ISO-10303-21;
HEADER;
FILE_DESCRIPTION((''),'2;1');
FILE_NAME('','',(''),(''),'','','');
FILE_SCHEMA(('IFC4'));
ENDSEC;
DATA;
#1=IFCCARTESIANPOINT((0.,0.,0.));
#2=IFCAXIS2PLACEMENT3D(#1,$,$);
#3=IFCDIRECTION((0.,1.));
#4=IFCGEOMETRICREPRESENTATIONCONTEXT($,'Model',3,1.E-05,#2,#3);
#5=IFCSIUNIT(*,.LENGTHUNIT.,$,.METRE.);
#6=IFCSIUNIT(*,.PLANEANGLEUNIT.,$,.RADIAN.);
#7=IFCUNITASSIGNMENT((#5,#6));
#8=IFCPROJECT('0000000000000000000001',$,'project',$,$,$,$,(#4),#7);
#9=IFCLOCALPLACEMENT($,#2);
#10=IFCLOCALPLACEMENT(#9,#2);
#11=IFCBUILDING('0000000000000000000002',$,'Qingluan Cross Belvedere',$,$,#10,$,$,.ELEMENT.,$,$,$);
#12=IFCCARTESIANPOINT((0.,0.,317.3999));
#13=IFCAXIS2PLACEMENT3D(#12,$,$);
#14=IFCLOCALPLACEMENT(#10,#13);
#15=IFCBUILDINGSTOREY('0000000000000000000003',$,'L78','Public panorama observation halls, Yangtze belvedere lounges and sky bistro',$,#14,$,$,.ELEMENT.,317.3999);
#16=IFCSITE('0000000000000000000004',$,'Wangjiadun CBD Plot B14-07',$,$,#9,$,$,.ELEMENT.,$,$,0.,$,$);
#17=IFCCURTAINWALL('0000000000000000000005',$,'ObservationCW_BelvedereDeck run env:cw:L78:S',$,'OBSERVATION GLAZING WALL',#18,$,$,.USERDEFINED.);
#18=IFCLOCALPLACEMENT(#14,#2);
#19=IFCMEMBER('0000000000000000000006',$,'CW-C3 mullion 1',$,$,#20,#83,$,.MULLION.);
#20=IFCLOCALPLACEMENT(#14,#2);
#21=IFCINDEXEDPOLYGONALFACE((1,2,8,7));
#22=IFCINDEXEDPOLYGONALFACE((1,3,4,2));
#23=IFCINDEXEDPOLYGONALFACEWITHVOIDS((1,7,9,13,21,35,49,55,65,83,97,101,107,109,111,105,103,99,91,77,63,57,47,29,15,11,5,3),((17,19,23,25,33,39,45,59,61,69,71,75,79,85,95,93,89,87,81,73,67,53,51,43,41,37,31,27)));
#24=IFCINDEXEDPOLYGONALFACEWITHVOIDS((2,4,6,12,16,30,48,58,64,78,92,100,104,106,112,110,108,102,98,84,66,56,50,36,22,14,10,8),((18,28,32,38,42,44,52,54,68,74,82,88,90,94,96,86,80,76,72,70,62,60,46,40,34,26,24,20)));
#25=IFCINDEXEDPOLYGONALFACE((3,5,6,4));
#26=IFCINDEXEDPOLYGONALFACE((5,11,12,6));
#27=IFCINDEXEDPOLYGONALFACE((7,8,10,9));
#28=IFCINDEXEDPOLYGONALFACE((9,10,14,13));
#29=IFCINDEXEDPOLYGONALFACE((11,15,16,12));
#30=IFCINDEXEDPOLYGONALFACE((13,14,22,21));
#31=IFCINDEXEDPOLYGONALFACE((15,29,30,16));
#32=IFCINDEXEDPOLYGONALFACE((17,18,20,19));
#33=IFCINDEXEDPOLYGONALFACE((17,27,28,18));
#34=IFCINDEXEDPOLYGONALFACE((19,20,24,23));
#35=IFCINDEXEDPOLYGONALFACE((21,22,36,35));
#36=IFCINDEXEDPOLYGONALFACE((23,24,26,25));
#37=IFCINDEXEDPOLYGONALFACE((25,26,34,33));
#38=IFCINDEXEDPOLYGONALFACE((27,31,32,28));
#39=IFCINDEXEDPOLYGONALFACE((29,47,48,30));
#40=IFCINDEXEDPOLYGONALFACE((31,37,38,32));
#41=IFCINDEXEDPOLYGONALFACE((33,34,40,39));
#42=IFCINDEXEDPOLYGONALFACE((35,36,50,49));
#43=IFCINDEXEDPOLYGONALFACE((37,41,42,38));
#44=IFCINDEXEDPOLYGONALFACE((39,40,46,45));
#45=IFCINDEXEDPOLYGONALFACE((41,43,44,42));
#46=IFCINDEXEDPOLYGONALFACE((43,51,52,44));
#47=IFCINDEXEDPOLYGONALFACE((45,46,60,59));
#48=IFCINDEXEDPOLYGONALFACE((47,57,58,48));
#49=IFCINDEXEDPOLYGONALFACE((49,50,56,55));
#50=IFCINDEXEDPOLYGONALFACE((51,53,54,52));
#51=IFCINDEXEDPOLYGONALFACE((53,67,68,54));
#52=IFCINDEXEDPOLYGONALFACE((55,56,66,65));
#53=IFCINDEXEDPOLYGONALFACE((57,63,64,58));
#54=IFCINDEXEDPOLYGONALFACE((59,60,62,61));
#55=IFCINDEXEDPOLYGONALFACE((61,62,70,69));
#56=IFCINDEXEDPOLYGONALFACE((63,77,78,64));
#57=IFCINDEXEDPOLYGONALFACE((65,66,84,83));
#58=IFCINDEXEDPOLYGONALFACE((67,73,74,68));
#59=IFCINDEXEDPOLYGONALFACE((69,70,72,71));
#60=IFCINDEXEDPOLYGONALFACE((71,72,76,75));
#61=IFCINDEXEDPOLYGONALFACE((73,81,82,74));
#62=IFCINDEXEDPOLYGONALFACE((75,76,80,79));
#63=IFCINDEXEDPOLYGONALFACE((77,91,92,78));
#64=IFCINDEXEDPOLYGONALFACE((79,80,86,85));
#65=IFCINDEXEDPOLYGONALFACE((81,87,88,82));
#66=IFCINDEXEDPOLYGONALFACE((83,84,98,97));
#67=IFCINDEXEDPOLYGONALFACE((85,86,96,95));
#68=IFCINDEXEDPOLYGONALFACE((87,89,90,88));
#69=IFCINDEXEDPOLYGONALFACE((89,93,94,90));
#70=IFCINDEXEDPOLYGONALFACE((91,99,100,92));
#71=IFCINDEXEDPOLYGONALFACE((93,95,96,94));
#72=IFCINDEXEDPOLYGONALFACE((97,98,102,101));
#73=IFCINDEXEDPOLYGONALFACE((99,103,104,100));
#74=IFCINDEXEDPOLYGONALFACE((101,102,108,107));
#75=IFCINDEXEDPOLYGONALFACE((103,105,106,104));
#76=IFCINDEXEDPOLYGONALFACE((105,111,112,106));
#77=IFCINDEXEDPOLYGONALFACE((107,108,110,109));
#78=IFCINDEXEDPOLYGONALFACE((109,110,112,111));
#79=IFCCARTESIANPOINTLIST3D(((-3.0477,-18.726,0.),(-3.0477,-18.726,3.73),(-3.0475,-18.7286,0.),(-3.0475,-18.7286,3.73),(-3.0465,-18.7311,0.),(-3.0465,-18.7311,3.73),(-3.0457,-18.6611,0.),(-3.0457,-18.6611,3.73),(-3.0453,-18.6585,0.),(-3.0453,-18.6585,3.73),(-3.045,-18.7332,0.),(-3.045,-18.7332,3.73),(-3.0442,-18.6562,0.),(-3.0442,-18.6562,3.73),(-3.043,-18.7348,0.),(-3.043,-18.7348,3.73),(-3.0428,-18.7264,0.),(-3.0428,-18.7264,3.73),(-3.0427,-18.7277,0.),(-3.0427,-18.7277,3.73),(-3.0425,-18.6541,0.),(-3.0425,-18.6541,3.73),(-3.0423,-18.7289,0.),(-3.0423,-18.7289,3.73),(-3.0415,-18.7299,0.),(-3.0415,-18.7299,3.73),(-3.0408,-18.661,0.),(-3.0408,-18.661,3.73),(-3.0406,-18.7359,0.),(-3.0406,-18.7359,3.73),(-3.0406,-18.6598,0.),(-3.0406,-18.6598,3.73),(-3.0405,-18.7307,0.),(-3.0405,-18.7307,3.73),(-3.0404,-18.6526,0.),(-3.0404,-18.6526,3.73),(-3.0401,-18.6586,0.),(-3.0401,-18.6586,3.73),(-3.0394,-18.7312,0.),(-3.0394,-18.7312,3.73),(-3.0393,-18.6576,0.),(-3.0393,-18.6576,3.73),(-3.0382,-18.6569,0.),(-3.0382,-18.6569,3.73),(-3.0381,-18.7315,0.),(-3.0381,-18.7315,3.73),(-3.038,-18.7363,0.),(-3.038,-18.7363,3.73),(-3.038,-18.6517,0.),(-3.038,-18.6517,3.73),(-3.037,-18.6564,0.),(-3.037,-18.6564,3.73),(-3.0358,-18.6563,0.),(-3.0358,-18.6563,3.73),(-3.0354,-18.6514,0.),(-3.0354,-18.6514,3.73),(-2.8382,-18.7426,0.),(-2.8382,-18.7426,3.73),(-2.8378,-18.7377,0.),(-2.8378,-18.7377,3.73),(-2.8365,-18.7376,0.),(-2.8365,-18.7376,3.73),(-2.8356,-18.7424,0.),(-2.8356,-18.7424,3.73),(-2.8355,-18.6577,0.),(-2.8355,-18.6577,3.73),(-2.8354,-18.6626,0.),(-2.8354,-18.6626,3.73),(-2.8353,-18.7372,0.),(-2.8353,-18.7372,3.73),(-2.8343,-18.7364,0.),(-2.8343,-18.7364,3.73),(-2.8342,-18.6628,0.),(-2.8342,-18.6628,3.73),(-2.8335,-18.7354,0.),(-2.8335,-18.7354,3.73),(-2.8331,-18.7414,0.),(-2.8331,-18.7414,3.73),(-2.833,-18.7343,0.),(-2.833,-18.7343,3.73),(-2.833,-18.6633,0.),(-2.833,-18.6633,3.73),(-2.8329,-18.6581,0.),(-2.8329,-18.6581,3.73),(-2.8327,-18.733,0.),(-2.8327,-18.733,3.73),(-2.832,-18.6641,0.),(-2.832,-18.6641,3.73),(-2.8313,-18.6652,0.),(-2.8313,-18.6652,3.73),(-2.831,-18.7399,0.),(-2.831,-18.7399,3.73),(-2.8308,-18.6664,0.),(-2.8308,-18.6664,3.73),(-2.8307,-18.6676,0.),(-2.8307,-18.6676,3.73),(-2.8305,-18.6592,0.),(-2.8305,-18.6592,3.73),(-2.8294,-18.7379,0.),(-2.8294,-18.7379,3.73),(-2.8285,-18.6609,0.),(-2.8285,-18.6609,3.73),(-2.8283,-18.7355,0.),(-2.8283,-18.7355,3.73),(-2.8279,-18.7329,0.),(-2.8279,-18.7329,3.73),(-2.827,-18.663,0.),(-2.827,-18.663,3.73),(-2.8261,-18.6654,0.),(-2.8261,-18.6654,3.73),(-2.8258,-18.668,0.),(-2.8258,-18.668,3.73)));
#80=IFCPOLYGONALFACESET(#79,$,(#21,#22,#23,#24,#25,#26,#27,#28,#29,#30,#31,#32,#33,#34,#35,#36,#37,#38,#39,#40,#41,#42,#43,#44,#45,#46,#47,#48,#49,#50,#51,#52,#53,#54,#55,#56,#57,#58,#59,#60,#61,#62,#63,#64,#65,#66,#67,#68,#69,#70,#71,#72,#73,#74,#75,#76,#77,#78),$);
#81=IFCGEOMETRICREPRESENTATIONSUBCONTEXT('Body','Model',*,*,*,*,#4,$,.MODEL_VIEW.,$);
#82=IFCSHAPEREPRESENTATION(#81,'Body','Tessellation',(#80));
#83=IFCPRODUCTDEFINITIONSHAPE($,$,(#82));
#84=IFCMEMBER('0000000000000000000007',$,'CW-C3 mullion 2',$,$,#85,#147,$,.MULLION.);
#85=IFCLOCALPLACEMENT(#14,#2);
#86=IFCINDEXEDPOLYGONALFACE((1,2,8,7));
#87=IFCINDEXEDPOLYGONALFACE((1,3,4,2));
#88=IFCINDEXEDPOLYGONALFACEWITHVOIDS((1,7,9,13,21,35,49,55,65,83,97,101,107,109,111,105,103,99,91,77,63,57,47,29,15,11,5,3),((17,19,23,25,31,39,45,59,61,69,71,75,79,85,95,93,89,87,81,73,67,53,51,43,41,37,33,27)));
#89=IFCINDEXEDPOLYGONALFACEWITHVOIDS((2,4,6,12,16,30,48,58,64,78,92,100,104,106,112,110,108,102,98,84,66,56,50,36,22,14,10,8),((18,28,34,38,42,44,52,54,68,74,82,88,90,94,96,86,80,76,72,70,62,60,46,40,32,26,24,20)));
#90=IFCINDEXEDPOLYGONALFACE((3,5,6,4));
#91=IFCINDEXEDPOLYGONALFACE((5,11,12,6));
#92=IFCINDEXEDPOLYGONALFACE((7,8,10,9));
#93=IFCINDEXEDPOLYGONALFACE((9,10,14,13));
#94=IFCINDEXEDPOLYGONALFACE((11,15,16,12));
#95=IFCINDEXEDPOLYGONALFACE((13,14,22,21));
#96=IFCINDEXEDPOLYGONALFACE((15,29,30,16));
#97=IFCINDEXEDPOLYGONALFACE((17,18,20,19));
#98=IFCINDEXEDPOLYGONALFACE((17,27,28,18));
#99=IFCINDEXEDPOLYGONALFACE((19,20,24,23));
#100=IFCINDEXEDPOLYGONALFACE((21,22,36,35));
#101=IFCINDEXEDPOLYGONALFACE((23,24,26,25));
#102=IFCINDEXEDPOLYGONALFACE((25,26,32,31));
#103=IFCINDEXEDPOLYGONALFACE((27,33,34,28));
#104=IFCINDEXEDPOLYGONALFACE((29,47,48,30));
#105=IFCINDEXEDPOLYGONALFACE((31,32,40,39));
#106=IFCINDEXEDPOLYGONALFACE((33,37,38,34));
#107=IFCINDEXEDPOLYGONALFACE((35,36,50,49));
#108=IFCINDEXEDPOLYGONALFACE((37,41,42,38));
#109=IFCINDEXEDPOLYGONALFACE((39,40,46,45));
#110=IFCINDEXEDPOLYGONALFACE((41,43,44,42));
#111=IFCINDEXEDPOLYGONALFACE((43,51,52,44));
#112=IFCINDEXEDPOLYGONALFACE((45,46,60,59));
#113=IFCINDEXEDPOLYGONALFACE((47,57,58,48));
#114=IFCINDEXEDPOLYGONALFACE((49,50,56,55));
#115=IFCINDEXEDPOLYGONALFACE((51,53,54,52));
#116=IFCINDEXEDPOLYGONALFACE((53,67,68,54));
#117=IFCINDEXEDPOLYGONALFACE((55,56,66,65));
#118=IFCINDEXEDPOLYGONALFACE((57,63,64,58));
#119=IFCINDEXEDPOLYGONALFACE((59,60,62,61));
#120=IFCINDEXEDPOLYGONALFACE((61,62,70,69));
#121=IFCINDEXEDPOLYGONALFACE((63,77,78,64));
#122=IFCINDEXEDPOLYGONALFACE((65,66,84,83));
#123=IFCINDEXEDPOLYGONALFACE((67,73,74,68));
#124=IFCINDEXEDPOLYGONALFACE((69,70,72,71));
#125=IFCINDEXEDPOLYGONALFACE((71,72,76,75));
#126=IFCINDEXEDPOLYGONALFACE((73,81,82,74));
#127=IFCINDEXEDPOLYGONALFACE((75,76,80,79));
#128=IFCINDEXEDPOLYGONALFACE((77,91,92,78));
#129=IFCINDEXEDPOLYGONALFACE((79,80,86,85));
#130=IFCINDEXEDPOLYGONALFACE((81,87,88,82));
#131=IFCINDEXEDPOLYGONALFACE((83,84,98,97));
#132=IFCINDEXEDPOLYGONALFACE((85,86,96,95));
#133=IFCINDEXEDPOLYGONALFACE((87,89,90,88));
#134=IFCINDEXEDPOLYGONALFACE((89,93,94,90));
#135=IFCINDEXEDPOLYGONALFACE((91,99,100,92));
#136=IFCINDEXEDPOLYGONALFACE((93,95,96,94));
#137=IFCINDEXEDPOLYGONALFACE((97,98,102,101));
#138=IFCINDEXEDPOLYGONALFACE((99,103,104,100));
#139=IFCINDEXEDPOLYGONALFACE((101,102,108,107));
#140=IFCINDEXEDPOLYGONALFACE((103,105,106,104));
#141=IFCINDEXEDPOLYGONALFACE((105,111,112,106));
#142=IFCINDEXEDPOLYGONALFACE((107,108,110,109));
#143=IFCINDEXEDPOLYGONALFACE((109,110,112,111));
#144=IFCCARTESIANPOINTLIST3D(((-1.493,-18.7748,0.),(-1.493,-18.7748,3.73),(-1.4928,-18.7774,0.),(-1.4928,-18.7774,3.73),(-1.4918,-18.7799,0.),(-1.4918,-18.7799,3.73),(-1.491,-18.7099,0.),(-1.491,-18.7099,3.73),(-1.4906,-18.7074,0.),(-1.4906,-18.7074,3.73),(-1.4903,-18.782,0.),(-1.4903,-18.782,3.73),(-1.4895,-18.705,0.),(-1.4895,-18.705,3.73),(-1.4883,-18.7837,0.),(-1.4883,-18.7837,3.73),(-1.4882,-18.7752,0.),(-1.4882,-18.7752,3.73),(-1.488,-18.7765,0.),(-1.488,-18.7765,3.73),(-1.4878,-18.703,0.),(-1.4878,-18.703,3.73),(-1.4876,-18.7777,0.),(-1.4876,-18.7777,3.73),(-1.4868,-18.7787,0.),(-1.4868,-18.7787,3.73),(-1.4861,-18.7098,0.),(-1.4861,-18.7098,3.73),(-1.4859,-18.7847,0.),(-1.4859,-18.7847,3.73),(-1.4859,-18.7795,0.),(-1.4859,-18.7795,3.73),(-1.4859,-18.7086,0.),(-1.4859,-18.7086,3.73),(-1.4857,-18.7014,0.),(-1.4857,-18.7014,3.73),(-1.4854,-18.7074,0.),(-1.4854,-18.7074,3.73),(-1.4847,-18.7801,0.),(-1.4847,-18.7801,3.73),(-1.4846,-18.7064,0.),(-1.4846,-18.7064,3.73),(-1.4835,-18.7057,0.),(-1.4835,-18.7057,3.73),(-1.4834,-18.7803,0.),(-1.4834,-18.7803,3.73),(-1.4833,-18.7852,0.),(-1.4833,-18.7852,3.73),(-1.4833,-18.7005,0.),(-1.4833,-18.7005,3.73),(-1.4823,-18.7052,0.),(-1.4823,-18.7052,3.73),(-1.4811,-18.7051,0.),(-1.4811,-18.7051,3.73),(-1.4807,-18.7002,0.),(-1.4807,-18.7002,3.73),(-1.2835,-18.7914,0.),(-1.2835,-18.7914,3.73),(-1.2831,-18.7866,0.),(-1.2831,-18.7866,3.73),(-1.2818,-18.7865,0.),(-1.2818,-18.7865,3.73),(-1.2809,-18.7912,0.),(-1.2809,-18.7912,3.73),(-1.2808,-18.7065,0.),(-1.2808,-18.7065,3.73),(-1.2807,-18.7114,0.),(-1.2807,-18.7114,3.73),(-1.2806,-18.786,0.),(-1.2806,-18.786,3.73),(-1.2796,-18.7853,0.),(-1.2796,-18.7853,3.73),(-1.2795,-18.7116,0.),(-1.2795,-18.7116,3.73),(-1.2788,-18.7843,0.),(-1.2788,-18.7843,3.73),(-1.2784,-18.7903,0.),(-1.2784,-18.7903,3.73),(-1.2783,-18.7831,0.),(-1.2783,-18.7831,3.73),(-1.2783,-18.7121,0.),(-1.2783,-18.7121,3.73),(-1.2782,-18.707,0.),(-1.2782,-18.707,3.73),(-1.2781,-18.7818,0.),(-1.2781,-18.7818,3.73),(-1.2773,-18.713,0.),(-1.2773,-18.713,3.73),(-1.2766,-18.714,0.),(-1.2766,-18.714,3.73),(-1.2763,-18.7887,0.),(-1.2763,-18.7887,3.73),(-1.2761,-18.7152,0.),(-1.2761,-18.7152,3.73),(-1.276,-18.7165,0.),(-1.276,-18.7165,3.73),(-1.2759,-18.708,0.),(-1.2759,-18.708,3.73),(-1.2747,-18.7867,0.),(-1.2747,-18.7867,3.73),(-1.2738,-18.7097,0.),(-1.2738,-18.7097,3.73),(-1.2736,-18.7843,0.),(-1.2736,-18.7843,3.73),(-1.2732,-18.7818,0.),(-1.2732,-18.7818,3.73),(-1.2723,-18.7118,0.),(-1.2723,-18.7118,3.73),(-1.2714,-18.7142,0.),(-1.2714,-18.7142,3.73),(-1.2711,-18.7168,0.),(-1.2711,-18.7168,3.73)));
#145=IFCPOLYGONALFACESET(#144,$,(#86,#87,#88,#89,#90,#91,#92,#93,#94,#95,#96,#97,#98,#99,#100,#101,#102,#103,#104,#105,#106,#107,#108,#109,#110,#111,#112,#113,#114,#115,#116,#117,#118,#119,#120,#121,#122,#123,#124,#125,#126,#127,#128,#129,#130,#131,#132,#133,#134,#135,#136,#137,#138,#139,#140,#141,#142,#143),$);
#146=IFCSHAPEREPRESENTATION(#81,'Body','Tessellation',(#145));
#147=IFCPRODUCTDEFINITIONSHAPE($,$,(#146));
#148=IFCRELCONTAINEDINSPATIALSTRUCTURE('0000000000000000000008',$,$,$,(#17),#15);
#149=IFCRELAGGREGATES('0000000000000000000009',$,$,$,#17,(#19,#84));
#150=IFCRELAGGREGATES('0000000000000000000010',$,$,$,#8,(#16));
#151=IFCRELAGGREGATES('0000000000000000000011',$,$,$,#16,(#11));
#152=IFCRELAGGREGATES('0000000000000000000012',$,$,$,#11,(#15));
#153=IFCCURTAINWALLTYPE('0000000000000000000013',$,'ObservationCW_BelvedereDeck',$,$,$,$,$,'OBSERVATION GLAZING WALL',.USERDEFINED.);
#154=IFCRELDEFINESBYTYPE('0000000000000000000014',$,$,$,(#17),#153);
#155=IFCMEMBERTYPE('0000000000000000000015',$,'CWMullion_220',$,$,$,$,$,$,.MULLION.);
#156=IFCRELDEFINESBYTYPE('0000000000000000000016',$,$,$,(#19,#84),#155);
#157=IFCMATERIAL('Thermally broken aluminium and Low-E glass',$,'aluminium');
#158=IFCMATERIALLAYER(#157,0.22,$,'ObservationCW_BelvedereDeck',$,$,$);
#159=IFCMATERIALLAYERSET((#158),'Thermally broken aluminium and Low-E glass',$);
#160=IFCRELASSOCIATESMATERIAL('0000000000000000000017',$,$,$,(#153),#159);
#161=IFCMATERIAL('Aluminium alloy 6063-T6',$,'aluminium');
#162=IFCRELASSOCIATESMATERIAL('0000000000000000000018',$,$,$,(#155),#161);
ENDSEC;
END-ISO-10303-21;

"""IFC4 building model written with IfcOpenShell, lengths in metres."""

from ifc_helpers import new_model, si_unit, direction, frame, origin, origin_2d, place, context, subcontext, project, spatial, hollow_rectangle, extrude, material, layer, layer_set, material_profile, profile_set, type_object, element, aggregate, save


model = new_model("IFC4")

# Units and contexts
model_context = context("Model", 3, precision=1e-05, world=origin(), true_north=direction((0.0, 1.0)))
body_context = subcontext(model_context, "Body", "Model", "MODEL_VIEW")
ifc_project = project(units=[si_unit("LENGTHUNIT", "METRE"), si_unit("PLANEANGLEUNIT", "RADIAN")], contexts=[model_context])

# Site, building, storey
site_placement = place(None, origin())
site = spatial("IfcSite", under=ifc_project, at=site_placement, Name="Wangjiadun CBD Plot B14-07", CompositionType="ELEMENT", RefElevation=0.0)
building_placement = place(site_placement, origin())
building = spatial("IfcBuilding", under=site, at=building_placement, Name="Qingluan Cross Belvedere", CompositionType="ELEMENT")
storey_placement = place(building_placement, frame((0.0, 0.0, 317.3999)))
storey = spatial("IfcBuildingStorey", under=building, at=storey_placement, Name="L78", Description="Public panorama observation halls, Yangtze belvedere lounges and sky bistro", CompositionType="ELEMENT", Elevation=317.3999)

# Curtain wall, members
ifc_material_1 = material(Name="Thermally broken aluminium and Low-E glass", Category="aluminium")
ifc_layer_1 = layer(ifc_material_1, 0.22, Name="ObservationCW_BelvedereDeck")
ifc_layer_set_1 = layer_set([ifc_layer_1], Name="Thermally broken aluminium and Low-E glass")
curtain_wall_type = type_object("IfcCurtainWallType", Name="ObservationCW_BelvedereDeck", ElementType="OBSERVATION GLAZING WALL", PredefinedType="USERDEFINED", material=ifc_layer_set_1)
curtain_wall_placement = place(storey_placement, origin())
curtain_wall = element("IfcCurtainWall", 1, at=curtain_wall_placement, inside=storey, type_object=curtain_wall_type, Name="ObservationCW_BelvedereDeck run env:cw:L78:S", ObjectType="OBSERVATION GLAZING WALL", PredefinedType="USERDEFINED")
ifc_material_2 = material(Name="Aluminium alloy 6063-T6", Category="aluminium")
ifc_material_profile_1 = material_profile(ifc_material_2, hollow_rectangle(XDim=0.085, YDim=0.22, WallThickness=0.0049, InnerFilletRadius=0.0049, OuterFilletRadius=0.01, at=origin_2d()), Name="CWM220x85x5")
ifc_profile_set_1 = profile_set([ifc_material_profile_1], Name="Aluminium alloy 6063-T6")
member_type_1 = type_object("IfcMemberType", Name="CWMullion_220", PredefinedType="MULLION", material=ifc_profile_set_1)
member_1_placement = place(storey_placement, frame((-2.9368, -18.697, 0.0), z_axis=(0.0, 0.0, 1.0), x_axis=(0.031413, 0.999506, 0.0)))
member_1 = element("IfcMember", 2, at=member_1_placement, type_object=member_type_1, Name="CW-C3 mullion 1", PredefinedType="MULLION", context=body_context, shape_type="SweptSolid", body=[
    extrude(hollow_rectangle(XDim=0.085, YDim=0.22, WallThickness=0.0049, InnerFilletRadius=0.0049, OuterFilletRadius=0.01, at=origin_2d()), origin(), (0.0, 0.0, 1.0), 3.73),
])
member_2_placement = place(storey_placement, frame((-1.3821, -18.7458, 0.0), z_axis=(0.0, 0.0, 1.0), x_axis=(0.031413, 0.999506, 0.0)))
member_2 = element("IfcMember", 3, at=member_2_placement, type_object=member_type_1, Name="CW-C3 mullion 2", PredefinedType="MULLION", context=body_context, shape_type="SweptSolid", body=[
    extrude(hollow_rectangle(XDim=0.085, YDim=0.22, WallThickness=0.0049, InnerFilletRadius=0.0049, OuterFilletRadius=0.01, at=origin_2d()), origin(), (0.0, 0.0, 1.0), 3.73),
])
aggregate(curtain_wall, [member_1, member_2])

save(model, "model.ifc")
